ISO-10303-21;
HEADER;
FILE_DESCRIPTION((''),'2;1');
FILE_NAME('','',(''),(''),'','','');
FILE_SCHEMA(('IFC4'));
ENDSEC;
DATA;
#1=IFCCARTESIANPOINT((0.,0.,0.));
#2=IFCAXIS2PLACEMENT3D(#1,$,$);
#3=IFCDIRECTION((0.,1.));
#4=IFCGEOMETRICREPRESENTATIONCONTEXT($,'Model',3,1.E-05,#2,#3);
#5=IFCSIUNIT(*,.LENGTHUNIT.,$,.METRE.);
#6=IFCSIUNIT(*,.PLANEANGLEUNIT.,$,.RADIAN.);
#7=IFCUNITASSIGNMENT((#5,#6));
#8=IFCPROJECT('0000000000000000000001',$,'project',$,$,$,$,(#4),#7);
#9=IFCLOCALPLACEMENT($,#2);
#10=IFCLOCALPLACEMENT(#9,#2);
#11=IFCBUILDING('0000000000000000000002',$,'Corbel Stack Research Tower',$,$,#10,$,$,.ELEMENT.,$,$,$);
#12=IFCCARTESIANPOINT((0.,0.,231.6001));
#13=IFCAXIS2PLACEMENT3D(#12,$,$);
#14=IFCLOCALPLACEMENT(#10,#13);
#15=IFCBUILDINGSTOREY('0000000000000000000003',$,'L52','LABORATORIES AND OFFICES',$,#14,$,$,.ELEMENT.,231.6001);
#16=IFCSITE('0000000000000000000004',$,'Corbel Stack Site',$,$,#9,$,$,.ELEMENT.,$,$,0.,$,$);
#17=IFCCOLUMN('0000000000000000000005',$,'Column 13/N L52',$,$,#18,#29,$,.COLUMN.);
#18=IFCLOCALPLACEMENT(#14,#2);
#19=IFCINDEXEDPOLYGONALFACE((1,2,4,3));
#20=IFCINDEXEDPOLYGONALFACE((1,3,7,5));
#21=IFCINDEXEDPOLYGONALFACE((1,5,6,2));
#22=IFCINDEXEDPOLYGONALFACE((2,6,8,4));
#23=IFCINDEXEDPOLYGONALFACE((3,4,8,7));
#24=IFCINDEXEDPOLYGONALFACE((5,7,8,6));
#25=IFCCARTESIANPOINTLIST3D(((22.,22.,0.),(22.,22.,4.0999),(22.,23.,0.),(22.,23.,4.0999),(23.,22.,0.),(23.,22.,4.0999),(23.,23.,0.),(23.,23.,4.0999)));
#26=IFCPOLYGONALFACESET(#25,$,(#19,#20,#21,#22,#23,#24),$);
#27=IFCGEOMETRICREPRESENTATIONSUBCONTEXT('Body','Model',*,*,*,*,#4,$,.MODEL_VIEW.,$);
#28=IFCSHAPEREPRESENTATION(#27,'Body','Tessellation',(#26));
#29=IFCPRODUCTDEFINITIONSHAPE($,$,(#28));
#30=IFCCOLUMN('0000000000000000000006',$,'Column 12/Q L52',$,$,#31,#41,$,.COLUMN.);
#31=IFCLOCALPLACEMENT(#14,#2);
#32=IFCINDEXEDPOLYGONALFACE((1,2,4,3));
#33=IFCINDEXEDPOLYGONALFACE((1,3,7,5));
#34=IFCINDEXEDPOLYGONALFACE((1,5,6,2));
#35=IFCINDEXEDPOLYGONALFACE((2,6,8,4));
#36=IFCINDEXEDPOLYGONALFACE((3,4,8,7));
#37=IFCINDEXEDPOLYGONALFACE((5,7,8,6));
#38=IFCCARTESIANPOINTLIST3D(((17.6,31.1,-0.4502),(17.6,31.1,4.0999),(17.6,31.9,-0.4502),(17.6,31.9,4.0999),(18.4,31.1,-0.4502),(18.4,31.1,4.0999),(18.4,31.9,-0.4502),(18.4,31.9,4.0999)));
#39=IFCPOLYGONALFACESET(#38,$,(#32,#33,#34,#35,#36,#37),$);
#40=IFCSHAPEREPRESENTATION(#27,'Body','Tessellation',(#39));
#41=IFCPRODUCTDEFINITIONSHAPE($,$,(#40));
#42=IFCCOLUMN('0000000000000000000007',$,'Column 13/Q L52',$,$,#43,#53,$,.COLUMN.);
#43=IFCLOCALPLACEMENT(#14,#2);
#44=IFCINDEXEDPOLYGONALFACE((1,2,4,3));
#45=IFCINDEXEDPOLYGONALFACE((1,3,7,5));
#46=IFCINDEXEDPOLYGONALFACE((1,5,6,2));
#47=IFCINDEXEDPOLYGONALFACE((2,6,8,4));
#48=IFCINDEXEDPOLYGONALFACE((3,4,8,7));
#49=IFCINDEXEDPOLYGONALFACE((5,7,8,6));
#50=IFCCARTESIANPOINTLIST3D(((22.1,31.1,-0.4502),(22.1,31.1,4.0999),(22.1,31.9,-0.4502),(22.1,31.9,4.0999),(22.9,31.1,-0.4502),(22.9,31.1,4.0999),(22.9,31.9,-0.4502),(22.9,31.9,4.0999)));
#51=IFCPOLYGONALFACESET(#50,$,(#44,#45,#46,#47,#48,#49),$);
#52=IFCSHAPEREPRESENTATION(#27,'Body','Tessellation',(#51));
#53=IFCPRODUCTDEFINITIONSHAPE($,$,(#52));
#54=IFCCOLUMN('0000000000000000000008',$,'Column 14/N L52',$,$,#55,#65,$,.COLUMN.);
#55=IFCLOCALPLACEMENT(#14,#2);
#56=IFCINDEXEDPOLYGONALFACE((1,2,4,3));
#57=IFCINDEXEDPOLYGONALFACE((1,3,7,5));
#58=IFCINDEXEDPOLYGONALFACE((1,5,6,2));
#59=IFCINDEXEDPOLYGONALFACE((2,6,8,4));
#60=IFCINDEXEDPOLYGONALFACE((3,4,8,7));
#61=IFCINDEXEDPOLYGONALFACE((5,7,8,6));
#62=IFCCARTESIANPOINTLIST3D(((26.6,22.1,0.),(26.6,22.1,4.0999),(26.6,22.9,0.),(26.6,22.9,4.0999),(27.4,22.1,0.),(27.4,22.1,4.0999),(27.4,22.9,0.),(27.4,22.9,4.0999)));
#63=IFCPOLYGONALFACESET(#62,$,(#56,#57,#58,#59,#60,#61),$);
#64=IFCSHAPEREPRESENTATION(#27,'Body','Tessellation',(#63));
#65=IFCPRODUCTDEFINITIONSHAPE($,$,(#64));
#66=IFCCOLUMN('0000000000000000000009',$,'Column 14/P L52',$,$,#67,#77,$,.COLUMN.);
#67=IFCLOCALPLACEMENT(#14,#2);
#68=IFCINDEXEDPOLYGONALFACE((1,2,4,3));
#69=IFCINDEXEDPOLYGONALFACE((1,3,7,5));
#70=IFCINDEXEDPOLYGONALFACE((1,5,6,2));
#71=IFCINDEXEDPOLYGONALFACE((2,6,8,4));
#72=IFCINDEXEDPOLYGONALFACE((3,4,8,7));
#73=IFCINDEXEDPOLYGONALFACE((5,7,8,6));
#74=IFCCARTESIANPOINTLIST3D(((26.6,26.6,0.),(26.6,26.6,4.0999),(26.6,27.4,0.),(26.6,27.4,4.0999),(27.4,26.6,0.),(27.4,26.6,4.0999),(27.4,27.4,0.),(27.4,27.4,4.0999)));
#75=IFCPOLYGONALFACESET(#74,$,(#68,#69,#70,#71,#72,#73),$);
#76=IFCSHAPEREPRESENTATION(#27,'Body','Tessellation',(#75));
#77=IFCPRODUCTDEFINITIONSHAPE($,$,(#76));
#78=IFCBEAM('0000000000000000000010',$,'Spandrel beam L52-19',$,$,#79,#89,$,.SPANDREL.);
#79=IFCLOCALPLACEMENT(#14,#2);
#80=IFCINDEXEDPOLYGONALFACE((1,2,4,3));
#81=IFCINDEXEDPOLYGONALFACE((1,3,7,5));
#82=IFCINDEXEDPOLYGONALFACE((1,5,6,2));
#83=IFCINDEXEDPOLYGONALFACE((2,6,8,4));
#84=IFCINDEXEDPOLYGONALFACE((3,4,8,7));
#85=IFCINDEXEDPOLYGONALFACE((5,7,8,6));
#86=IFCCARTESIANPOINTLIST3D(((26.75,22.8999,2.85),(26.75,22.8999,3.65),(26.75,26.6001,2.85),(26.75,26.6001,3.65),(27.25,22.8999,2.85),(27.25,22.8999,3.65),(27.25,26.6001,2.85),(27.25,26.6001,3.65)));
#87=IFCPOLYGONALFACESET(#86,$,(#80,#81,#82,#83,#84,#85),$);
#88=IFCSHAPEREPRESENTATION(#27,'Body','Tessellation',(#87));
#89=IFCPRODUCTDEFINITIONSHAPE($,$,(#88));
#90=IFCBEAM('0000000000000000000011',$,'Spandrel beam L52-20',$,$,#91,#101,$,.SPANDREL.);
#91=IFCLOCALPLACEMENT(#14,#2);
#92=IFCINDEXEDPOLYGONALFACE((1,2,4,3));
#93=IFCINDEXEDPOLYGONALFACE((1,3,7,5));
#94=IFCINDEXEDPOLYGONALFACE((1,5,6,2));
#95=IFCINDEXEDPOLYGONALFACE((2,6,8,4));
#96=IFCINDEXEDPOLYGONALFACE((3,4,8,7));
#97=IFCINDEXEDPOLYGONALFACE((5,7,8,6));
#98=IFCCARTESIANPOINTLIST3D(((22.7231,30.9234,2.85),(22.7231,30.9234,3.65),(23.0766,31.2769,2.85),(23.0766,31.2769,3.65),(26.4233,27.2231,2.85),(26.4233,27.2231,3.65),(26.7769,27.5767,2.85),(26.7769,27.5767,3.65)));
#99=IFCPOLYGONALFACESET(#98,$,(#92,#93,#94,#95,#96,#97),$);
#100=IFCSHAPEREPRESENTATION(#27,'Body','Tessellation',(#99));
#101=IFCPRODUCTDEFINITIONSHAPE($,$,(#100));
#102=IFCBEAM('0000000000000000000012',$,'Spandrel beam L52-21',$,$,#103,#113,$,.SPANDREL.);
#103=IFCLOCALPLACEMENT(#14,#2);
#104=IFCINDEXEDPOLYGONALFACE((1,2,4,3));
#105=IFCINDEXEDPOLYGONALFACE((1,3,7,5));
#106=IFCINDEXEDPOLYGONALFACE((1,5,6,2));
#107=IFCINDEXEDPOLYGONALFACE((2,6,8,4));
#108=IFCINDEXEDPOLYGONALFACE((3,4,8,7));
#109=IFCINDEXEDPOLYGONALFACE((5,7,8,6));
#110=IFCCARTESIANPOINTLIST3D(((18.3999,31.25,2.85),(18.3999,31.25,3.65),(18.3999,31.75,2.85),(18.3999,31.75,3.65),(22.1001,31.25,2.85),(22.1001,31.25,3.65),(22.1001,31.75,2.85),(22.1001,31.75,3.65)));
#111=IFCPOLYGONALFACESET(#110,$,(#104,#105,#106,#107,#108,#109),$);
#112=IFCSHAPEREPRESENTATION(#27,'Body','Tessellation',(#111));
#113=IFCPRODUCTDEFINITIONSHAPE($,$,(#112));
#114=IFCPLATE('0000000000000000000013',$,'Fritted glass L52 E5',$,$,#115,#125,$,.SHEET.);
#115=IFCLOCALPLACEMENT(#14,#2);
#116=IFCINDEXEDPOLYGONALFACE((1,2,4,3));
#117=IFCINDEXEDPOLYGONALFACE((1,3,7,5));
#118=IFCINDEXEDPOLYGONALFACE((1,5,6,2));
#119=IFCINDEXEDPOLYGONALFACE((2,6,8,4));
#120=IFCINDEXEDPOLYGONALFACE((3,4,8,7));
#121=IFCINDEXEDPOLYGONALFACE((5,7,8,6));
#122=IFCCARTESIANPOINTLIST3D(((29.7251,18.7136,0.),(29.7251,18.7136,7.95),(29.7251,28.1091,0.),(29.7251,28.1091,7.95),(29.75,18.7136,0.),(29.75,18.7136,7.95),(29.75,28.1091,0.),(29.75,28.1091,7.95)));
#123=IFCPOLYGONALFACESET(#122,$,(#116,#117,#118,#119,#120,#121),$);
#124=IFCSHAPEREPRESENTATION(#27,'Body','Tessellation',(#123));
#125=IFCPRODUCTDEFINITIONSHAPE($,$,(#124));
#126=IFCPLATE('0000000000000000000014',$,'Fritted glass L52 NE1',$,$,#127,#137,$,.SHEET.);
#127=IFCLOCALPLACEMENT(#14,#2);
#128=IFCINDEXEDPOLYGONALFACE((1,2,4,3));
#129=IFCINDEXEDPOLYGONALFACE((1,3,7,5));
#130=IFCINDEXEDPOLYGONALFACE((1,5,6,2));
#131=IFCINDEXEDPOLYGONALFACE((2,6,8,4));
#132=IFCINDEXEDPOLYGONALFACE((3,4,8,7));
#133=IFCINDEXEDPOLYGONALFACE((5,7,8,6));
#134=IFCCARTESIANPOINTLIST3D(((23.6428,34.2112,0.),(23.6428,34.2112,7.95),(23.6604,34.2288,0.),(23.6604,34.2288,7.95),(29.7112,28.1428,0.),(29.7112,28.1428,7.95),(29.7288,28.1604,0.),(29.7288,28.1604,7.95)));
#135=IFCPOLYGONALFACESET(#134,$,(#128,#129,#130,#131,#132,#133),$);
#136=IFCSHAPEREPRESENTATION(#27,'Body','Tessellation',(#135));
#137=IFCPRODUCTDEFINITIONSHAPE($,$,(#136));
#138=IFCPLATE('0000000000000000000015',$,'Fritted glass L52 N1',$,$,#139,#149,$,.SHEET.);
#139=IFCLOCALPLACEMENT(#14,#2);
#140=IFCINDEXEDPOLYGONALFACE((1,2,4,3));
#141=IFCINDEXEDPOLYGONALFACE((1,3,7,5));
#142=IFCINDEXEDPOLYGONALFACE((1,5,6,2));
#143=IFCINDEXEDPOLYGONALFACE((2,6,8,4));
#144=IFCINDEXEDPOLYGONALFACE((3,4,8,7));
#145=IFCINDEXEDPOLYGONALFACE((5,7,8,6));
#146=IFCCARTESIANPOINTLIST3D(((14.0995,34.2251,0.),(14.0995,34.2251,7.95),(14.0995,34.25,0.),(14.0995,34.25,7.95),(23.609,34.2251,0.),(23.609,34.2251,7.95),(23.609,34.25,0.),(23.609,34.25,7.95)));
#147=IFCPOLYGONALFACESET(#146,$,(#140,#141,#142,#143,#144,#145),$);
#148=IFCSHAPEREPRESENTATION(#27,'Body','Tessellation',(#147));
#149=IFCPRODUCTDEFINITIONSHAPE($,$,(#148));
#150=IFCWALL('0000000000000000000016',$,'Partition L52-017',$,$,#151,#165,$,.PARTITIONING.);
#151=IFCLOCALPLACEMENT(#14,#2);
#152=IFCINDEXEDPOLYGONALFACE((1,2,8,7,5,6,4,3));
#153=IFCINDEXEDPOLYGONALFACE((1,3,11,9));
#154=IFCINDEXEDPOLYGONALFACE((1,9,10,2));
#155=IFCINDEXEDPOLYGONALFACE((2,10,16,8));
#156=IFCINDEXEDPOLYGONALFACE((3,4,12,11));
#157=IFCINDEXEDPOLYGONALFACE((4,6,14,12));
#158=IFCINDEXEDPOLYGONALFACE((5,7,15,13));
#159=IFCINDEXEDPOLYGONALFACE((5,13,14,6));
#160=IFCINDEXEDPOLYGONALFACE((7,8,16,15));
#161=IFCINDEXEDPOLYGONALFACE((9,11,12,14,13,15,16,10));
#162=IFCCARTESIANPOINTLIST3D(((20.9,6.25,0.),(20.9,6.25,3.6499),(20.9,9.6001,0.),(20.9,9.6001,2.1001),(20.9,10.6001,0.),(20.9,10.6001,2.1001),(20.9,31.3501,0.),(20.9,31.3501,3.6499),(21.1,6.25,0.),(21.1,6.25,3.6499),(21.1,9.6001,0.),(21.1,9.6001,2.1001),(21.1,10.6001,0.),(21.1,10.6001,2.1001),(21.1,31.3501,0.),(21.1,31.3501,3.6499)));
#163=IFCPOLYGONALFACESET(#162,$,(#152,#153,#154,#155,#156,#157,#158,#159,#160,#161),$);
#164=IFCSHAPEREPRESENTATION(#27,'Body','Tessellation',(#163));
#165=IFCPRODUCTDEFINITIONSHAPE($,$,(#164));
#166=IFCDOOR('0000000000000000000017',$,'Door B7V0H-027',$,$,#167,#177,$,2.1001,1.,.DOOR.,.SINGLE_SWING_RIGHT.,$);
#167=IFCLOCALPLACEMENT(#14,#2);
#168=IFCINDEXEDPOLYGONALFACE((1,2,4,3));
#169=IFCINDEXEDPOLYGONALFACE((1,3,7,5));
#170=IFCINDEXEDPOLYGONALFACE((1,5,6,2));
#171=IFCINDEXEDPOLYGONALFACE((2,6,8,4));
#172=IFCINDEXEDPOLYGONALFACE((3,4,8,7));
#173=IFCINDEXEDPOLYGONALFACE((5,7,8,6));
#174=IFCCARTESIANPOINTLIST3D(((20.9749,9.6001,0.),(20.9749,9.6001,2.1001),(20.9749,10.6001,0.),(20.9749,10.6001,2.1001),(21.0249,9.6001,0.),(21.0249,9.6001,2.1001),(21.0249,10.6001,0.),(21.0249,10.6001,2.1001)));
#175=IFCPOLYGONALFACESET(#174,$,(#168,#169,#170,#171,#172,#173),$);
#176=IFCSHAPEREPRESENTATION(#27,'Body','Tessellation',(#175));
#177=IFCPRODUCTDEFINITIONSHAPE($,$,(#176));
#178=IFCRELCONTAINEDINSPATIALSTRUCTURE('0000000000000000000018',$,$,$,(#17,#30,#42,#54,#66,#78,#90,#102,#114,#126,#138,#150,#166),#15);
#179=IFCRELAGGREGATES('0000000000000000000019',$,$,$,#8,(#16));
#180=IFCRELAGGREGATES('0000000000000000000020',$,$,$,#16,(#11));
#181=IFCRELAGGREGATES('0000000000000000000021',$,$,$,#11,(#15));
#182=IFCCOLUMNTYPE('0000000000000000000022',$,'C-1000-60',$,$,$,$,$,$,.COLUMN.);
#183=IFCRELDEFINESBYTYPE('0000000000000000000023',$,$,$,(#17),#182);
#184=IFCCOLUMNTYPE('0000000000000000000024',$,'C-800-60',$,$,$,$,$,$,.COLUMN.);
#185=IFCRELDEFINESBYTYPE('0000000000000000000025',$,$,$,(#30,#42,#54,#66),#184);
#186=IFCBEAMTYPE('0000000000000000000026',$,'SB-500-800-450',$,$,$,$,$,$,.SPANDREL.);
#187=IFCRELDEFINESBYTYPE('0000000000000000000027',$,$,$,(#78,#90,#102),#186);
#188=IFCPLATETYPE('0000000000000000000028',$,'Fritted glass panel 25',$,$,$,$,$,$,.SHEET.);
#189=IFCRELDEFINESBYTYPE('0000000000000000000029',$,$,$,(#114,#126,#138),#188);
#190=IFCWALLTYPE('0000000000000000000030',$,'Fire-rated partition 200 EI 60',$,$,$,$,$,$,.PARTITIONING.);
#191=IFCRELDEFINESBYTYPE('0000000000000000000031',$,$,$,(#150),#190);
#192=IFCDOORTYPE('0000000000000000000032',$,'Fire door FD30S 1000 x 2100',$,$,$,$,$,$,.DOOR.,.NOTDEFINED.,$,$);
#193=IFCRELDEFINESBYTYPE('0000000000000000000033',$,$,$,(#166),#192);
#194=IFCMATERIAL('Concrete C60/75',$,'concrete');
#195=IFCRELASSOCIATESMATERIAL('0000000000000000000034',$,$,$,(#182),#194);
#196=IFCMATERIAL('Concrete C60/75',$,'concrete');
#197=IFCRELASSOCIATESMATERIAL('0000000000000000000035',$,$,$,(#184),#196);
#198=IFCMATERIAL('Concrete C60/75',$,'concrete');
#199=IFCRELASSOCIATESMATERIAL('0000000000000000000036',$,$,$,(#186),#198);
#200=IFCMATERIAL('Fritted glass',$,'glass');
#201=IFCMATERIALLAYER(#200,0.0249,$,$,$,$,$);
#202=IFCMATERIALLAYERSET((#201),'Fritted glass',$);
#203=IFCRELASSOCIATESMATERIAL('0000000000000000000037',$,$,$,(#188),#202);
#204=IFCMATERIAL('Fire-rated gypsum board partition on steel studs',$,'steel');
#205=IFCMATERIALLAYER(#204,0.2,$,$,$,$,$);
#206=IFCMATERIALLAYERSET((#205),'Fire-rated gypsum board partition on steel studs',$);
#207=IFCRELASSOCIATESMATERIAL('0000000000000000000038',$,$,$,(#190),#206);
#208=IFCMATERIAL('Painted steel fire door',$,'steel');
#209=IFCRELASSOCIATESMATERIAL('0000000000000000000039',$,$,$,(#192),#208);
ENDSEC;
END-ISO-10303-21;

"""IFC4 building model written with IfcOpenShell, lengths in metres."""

from ifc_helpers import new_model, si_unit, direction, frame, frame_2d, origin, origin_2d, place, context, subcontext, project, spatial, rectangle, extrude, material, layer, layer_set, material_profile, profile_set, type_object, element, fill, save


model = new_model("IFC4")

# Units and contexts
model_context = context("Model", 3, precision=1e-05, world=origin(), true_north=direction((0.0, 1.0)))
body_context = subcontext(model_context, "Body", "Model", "MODEL_VIEW")
ifc_project = project(units=[si_unit("LENGTHUNIT", "METRE"), si_unit("PLANEANGLEUNIT", "RADIAN")], contexts=[model_context])

# Site, building, storey
site_placement = place(None, origin())
site = spatial("IfcSite", under=ifc_project, at=site_placement, Name="Corbel Stack Site", CompositionType="ELEMENT", RefElevation=0.0)
building_placement = place(site_placement, origin())
building = spatial("IfcBuilding", under=site, at=building_placement, Name="Corbel Stack Research Tower", CompositionType="ELEMENT")
storey_placement = place(building_placement, frame((0.0, 0.0, 231.6001)))
storey = spatial("IfcBuildingStorey", under=building, at=storey_placement, Name="L52", Description="LABORATORIES AND OFFICES", CompositionType="ELEMENT", Elevation=231.6001)

# Columns
ifc_material_1 = material(Name="Concrete C60/75", Category="concrete")
ifc_material_profile_1 = material_profile(ifc_material_1, rectangle(XDim=1.0, YDim=1.0, at=origin_2d()), Name="RC 1000 x 1000")
ifc_profile_set_1 = profile_set([ifc_material_profile_1], Name="Concrete C60/75")
column_type_1 = type_object("IfcColumnType", Name="C-1000-60", PredefinedType="COLUMN", material=ifc_profile_set_1)
column_placement = place(storey_placement, frame((22.5, 22.5, 0.0), z_axis=(0.0, 0.0, 1.0), x_axis=(1.0, 0.0, 0.0)))
element("IfcColumn", 1, at=column_placement, inside=storey, type_object=column_type_1, Name="Column 13/N L52", PredefinedType="COLUMN", context=body_context, shape_type="SweptSolid", body=[
    extrude(rectangle(XDim=1.0, YDim=1.0, at=origin_2d()), origin(), (0.0, 0.0, 1.0), 4.0999),
])
ifc_material_2 = material(Name="Concrete C60/75", Category="concrete")
ifc_material_profile_2 = material_profile(ifc_material_2, rectangle(XDim=0.8, YDim=0.8, at=origin_2d()), Name="RC 800 x 800")
ifc_profile_set_2 = profile_set([ifc_material_profile_2], Name="Concrete C60/75")
column_type_2 = type_object("IfcColumnType", Name="C-800-60", PredefinedType="COLUMN", material=ifc_profile_set_2)
for number, where, z_axis, x_axis, name in (
    (2, (18.0, 31.5, -0.4502), (0.0, 0.0, 1.0), (1.0, 0.0, 0.0), "Column 12/Q L52"),
    (3, (22.5, 31.5, -0.4502), (0.0, 0.0, 1.0), (1.0, 0.0, 0.0), "Column 13/Q L52"),
):
    element("IfcColumn", number, at=place(storey_placement, frame(where, z_axis=z_axis, x_axis=x_axis)), inside=storey, type_object=column_type_2, Name=name, PredefinedType="COLUMN", context=body_context, shape_type="SweptSolid", body=[
        extrude(rectangle(XDim=0.8, YDim=0.8, at=origin_2d()), origin(), (0.0, 0.0, 1.0), 4.55),
    ])
for number, where, z_axis, x_axis, name in (
    (4, (27.0, 22.5, 0.0), (0.0, 0.0, 1.0), (1.0, 0.0, 0.0), "Column 14/N L52"),
    (5, (27.0, 27.0, 0.0), (0.0, 0.0, 1.0), (1.0, 0.0, 0.0), "Column 14/P L52"),
):
    element("IfcColumn", number, at=place(storey_placement, frame(where, z_axis=z_axis, x_axis=x_axis)), inside=storey, type_object=column_type_2, Name=name, PredefinedType="COLUMN", context=body_context, shape_type="SweptSolid", body=[
        extrude(rectangle(XDim=0.8, YDim=0.8, at=origin_2d()), origin(), (0.0, 0.0, 1.0), 4.0999),
    ])

# Beams
ifc_material_3 = material(Name="Concrete C60/75", Category="concrete")
ifc_material_profile_3 = material_profile(ifc_material_3, rectangle(XDim=0.5, YDim=0.8, at=origin_2d()), Name="RC 500 x 800")
ifc_profile_set_3 = profile_set([ifc_material_profile_3], Name="Concrete C60/75")
beam_type = type_object("IfcBeamType", Name="SB-500-800-450", PredefinedType="SPANDREL", material=ifc_profile_set_3)
beam_1_placement = place(storey_placement, frame((27.0, 22.8999, 3.25), z_axis=(0.0, 1.0, 0.0), x_axis=(-1.0, 0.0, 0.0)))
element("IfcBeam", 6, at=beam_1_placement, inside=storey, type_object=beam_type, Name="Spandrel beam L52-19", PredefinedType="SPANDREL", context=body_context, shape_type="SweptSolid", body=[
    extrude(rectangle(XDim=0.5, YDim=0.8, at=origin_2d()), origin(), (0.0, 0.0, 1.0), 3.7002),
])
beam_2_placement = place(storey_placement, frame((26.6001, 27.3999, 3.25), z_axis=(-0.707107, 0.707107, 0.0), x_axis=(-0.707107, -0.707107, 0.0)))
element("IfcBeam", 7, at=beam_2_placement, inside=storey, type_object=beam_type, Name="Spandrel beam L52-20", PredefinedType="SPANDREL", context=body_context, shape_type="SweptSolid", body=[
    extrude(rectangle(XDim=0.5, YDim=0.8, at=origin_2d()), origin(), (0.0, 0.0, 1.0), 5.2329),
])
beam_3_placement = place(storey_placement, frame((22.1001, 31.5, 3.25), z_axis=(-1.0, 0.0, 0.0), x_axis=(0.0, -1.0, 0.0)))
element("IfcBeam", 8, at=beam_3_placement, inside=storey, type_object=beam_type, Name="Spandrel beam L52-21", PredefinedType="SPANDREL", context=body_context, shape_type="SweptSolid", body=[
    extrude(rectangle(XDim=0.5, YDim=0.8, at=origin_2d()), origin(), (0.0, 0.0, 1.0), 3.7002),
])

# Plates
ifc_material_4 = material(Name="Fritted glass", Category="glass")
ifc_layer_1 = layer(ifc_material_4, 0.0249)
ifc_layer_set_1 = layer_set([ifc_layer_1], Name="Fritted glass")
plate_type = type_object("IfcPlateType", Name="Fritted glass panel 25", PredefinedType="SHEET", material=ifc_layer_set_1)
plate_1_placement = place(storey_placement, frame((29.7375, 23.4114, 0.0), z_axis=(0.0, 0.0, 1.0), x_axis=(0.0, 1.0, 0.0)))
element("IfcPlate", 9, at=plate_1_placement, inside=storey, type_object=plate_type, Name="Fritted glass L52 E5", PredefinedType="SHEET", context=body_context, shape_type="SweptSolid", body=[
    extrude(rectangle(XDim=9.3955, YDim=0.0249, at=origin_2d()), origin(), (0.0, 0.0, 1.0), 7.95),
])
plate_2_placement = place(storey_placement, frame((26.6858, 31.1858, 0.0), z_axis=(0.0, 0.0, 1.0), x_axis=(-0.707107, 0.707107, 0.0)))
element("IfcPlate", 10, at=plate_2_placement, inside=storey, type_object=plate_type, Name="Fritted glass L52 NE1", PredefinedType="SHEET", context=body_context, shape_type="SweptSolid", body=[
    extrude(rectangle(XDim=8.582, YDim=0.0249, at=origin_2d()), origin(), (0.0, 0.0, 1.0), 7.95),
])
plate_3_placement = place(storey_placement, frame((18.8542, 34.2375, 0.0), z_axis=(0.0, 0.0, 1.0), x_axis=(-1.0, 0.0, 0.0)))
element("IfcPlate", 11, at=plate_3_placement, inside=storey, type_object=plate_type, Name="Fritted glass L52 N1", PredefinedType="SHEET", context=body_context, shape_type="SweptSolid", body=[
    extrude(rectangle(XDim=9.5095, YDim=0.0249, at=origin_2d()), origin(), (0.0, 0.0, 1.0), 7.95),
])

# Wall, opening, door
ifc_material_5 = material(Name="Fire-rated gypsum board partition on steel studs", Category="steel")
ifc_layer_2 = layer(ifc_material_5, 0.2)
ifc_layer_set_2 = layer_set([ifc_layer_2], Name="Fire-rated gypsum board partition on steel studs")
wall_type_1 = type_object("IfcWallType", Name="Fire-rated partition 200 EI 60", PredefinedType="PARTITIONING", material=ifc_layer_set_2)
wall_1_placement = place(storey_placement, frame((21.0, 31.3501, 0.0), z_axis=(0.0, 0.0, 1.0), x_axis=(0.0, -1.0, 0.0)))
wall_1 = element("IfcWall", 12, at=wall_1_placement, inside=storey, type_object=wall_type_1, Name="Partition L52-017", PredefinedType="PARTITIONING", context=body_context, shape_type="SweptSolid", body=[
    extrude(rectangle(XDim=25.1001, YDim=0.2, at=frame_2d((12.55, 0.0))), origin(), (0.0, 0.0, 1.0), 3.6499),
])
opening_1_placement = place(wall_1_placement, frame((20.75, 0.0, 0.0)))
opening_1 = element("IfcOpeningElement", 13, at=opening_1_placement, cuts=wall_1, PredefinedType="OPENING", context=body_context, shape_type="SweptSolid", body=[
    extrude(rectangle(XDim=1.0, YDim=2.1001, at=frame_2d((0.5, 1.05))), frame((0.0, 0.1099, 0.0), z_axis=(0.0, -1.0, 0.0), x_axis=(1.0, 0.0, 0.0)), (0.0, 0.0, 1.0), 0.22),
])
ifc_material_6 = material(Name="Painted steel fire door", Category="steel")
door_type_1 = type_object("IfcDoorType", Name="Fire door FD30S 1000 x 2100", OperationType="NOTDEFINED", PredefinedType="DOOR", material=ifc_material_6)
door_1_placement = place(opening_1_placement, origin())
door_1 = element("IfcDoor", 14, at=door_1_placement, inside=storey, type_object=door_type_1, Name="Door B7V0H-027", OperationType="SINGLE_SWING_RIGHT", OverallHeight=2.1001, OverallWidth=1.0, PredefinedType="DOOR", context=body_context, shape_type="SweptSolid", body=[
    extrude(rectangle(XDim=1.0, YDim=2.1001, at=frame_2d((0.5, 1.05))), frame((0.0, 0.0249, 0.0), z_axis=(0.0, -1.0, 0.0), x_axis=(1.0, 0.0, 0.0)), (0.0, 0.0, 1.0), 0.05),
])
fill(opening_1, door_1)

save(model, "model.ifc")
